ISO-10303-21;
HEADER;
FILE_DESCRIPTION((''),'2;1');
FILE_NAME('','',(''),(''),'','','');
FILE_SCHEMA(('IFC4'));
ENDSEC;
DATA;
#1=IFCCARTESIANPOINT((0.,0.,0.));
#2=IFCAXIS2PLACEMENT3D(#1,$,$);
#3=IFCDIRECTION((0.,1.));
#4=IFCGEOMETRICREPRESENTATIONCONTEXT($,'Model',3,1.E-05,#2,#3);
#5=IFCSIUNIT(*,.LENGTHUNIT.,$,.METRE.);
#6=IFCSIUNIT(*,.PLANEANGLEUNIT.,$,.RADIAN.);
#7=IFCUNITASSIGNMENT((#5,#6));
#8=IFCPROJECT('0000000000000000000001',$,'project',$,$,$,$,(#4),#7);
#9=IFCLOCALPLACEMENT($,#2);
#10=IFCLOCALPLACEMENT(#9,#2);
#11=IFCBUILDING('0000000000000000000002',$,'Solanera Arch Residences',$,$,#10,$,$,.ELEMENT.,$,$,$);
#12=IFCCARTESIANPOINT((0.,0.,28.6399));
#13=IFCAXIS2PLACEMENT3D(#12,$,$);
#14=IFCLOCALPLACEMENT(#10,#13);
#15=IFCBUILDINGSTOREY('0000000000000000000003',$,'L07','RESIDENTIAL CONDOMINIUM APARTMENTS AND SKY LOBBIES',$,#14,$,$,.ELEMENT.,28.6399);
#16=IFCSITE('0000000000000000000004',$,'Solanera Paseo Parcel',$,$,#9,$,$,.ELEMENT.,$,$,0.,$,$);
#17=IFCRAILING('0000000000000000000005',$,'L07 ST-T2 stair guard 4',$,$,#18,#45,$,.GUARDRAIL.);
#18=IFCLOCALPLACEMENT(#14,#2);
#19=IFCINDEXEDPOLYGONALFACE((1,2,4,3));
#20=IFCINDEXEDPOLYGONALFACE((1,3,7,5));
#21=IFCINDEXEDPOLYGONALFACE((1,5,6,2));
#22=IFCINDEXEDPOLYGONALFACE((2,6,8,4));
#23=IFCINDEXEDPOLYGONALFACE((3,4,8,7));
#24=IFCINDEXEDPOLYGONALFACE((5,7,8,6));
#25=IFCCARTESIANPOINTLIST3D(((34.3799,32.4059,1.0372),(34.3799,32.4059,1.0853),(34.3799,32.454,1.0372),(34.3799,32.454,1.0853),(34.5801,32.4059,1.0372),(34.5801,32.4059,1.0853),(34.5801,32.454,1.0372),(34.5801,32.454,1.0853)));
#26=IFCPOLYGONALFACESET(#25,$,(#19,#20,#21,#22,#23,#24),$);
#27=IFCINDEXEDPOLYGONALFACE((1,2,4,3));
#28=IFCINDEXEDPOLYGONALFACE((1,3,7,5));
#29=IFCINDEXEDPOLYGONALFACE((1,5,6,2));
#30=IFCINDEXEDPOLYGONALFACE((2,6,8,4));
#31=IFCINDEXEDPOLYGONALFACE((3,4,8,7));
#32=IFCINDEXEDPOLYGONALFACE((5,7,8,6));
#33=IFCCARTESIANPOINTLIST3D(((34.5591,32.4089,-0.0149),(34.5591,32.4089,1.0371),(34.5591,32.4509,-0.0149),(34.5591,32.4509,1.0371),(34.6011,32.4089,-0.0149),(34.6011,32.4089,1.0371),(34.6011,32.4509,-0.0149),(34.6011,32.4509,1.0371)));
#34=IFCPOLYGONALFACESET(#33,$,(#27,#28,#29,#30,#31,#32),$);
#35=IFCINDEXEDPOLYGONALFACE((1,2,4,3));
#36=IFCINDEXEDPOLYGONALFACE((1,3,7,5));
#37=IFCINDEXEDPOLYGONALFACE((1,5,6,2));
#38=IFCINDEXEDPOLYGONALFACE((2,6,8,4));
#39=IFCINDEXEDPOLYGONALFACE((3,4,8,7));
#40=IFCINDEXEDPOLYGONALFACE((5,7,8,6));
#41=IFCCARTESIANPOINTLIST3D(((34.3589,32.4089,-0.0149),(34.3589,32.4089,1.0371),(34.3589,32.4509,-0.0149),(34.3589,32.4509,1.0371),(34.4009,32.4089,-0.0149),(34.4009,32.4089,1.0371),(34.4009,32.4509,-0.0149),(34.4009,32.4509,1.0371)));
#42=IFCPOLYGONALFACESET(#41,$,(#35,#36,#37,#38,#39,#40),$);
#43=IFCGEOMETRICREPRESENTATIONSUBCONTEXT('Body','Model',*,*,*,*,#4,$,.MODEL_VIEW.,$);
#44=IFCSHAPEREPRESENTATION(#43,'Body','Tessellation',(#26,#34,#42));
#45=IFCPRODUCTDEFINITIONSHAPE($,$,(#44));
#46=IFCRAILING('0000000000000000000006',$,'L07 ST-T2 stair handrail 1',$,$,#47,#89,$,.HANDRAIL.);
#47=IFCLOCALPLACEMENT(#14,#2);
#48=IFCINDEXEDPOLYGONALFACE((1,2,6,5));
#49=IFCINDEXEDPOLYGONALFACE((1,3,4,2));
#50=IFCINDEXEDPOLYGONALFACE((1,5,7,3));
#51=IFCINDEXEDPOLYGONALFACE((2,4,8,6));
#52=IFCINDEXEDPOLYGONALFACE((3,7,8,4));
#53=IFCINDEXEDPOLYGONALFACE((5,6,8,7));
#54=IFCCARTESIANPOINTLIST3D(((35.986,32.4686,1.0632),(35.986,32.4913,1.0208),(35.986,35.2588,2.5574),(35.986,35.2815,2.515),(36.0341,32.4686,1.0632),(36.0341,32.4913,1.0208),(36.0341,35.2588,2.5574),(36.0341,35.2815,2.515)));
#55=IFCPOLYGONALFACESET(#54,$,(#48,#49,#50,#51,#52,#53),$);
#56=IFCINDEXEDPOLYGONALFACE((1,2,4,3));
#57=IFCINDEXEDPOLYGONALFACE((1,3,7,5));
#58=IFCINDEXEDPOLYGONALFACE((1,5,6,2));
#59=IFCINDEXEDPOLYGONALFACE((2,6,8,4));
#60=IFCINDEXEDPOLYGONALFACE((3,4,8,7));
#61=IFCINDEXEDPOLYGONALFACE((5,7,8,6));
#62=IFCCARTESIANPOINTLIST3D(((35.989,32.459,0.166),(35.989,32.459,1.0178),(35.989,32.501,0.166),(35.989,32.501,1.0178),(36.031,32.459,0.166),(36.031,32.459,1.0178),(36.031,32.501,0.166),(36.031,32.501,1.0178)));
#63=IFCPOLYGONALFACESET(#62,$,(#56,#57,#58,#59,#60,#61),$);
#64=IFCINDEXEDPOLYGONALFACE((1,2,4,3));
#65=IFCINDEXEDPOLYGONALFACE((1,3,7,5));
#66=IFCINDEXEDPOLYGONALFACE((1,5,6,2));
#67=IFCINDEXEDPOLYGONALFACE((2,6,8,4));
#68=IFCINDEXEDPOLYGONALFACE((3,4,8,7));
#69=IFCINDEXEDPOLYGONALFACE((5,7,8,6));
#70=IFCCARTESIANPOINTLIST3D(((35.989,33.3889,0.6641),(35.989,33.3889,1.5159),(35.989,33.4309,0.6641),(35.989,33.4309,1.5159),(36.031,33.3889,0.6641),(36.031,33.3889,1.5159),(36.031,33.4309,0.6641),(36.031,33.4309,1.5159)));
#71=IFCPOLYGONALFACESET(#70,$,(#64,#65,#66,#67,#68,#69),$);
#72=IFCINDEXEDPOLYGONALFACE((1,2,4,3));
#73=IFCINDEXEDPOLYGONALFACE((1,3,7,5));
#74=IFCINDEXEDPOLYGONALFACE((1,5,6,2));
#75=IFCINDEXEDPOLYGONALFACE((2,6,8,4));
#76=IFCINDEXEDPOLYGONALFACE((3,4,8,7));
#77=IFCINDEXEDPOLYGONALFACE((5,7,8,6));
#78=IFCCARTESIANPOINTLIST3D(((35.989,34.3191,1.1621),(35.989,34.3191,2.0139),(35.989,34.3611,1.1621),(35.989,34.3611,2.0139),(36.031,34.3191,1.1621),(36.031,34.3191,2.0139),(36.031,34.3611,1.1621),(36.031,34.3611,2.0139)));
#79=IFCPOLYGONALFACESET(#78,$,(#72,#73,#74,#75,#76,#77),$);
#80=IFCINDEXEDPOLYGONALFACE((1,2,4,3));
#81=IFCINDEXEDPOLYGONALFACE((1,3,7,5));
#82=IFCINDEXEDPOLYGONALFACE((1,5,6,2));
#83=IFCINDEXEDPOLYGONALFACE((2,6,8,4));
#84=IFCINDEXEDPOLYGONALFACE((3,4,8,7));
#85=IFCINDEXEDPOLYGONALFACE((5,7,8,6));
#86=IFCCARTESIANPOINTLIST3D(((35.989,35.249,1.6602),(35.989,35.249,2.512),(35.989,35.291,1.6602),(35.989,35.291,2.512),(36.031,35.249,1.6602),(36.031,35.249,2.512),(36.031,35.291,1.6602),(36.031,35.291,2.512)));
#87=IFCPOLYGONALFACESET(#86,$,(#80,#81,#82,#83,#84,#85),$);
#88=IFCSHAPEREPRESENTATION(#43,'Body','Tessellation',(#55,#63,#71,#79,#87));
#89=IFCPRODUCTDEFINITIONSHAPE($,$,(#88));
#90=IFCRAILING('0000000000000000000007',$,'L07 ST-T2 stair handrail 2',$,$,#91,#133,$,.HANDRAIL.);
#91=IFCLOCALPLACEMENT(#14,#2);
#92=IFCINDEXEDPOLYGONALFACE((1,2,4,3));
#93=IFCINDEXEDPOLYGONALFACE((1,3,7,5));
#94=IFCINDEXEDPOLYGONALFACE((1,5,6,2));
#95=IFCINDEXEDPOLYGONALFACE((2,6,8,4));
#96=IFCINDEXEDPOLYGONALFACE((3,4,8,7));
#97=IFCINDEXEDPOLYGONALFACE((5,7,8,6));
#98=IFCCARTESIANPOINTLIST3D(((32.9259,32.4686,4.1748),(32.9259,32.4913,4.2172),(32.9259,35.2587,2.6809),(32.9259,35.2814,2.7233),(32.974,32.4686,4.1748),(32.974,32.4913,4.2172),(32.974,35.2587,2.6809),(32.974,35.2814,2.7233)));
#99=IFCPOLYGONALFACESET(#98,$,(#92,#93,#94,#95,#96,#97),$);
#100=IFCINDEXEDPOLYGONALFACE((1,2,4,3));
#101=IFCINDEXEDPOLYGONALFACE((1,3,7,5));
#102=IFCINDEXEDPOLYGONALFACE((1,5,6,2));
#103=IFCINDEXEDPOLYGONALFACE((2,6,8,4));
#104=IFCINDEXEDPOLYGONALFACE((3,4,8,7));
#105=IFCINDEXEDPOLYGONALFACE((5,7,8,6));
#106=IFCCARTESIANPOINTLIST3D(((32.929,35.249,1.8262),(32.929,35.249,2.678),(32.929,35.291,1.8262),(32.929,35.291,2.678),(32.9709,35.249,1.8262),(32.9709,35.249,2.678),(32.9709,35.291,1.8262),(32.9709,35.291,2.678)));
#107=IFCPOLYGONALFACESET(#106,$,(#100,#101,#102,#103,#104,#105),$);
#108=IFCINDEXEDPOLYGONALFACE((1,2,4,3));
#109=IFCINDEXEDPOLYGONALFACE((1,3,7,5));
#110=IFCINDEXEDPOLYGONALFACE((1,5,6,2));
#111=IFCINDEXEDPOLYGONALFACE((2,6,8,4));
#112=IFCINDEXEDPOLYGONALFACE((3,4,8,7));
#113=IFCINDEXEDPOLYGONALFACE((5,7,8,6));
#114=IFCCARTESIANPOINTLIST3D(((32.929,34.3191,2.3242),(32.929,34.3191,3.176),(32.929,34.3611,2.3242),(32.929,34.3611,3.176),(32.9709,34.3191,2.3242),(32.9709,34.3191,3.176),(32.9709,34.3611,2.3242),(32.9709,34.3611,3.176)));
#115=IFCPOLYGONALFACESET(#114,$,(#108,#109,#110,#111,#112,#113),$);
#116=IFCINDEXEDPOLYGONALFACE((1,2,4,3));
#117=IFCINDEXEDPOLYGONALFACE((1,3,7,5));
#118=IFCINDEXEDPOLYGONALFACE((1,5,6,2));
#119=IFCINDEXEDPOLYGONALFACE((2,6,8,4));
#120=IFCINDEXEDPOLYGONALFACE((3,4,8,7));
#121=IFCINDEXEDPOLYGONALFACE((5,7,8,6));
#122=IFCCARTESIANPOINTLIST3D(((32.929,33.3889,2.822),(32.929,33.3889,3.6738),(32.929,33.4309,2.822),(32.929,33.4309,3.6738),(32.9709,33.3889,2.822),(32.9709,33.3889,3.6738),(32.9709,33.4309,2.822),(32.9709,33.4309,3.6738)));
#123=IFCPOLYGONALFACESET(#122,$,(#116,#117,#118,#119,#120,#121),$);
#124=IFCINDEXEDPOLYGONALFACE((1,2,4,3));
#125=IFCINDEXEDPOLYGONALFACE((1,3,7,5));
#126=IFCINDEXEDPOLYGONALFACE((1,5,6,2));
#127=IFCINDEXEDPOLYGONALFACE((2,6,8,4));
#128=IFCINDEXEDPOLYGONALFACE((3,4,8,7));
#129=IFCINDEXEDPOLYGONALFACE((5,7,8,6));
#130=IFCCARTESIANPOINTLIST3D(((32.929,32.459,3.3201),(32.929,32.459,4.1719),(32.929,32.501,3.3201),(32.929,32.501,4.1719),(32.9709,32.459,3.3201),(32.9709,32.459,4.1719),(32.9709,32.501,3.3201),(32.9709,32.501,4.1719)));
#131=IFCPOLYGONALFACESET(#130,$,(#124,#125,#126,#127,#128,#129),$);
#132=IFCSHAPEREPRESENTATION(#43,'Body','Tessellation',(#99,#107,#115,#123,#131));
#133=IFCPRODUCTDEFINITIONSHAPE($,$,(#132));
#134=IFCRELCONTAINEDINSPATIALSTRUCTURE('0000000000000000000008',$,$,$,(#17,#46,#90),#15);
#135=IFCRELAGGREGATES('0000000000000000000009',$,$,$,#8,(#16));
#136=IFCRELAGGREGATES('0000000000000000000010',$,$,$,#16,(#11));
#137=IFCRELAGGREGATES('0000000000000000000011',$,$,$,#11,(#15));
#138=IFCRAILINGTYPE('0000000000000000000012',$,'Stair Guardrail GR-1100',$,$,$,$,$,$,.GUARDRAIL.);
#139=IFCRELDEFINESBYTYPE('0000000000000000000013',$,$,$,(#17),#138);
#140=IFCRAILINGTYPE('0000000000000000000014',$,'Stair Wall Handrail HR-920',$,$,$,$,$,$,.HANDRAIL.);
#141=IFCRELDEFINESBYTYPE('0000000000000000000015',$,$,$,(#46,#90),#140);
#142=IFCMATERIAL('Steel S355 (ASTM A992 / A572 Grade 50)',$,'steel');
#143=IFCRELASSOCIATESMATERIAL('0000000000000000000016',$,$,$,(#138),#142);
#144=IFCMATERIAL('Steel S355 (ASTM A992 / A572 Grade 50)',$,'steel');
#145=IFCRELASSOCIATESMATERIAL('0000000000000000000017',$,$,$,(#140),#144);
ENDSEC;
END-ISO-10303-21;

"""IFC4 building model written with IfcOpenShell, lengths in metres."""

from ifc_helpers import new_model, si_unit, direction, frame, origin, origin_2d, place, context, subcontext, project, spatial, rectangle, extrude, material, type_object, element, save


model = new_model("IFC4")

# Units and contexts
model_context = context("Model", 3, precision=1e-05, world=origin(), true_north=direction((0.0, 1.0)))
body_context = subcontext(model_context, "Body", "Model", "MODEL_VIEW")
ifc_project = project(units=[si_unit("LENGTHUNIT", "METRE"), si_unit("PLANEANGLEUNIT", "RADIAN")], contexts=[model_context])

# Site, building, storey
site_placement = place(None, origin())
site = spatial("IfcSite", under=ifc_project, at=site_placement, Name="Solanera Paseo Parcel", CompositionType="ELEMENT", RefElevation=0.0)
building_placement = place(site_placement, origin())
building = spatial("IfcBuilding", under=site, at=building_placement, Name="Solanera Arch Residences", CompositionType="ELEMENT")
storey_placement = place(building_placement, frame((0.0, 0.0, 28.6399)))
storey = spatial("IfcBuildingStorey", under=building, at=storey_placement, Name="L07", Description="RESIDENTIAL CONDOMINIUM APARTMENTS AND SKY LOBBIES", CompositionType="ELEMENT", Elevation=28.6399)

# Railings
ifc_material_1 = material(Name="Steel S355 (ASTM A992 / A572 Grade 50)", Category="steel")
railing_type_1 = type_object("IfcRailingType", Name="Stair Guardrail GR-1100", PredefinedType="GUARDRAIL", material=ifc_material_1)
railing_1_placement = place(storey_placement, frame((34.5801, 32.4299, -0.0149)))
element("IfcRailing", 1, at=railing_1_placement, inside=storey, type_object=railing_type_1, Name="L07 ST-T2 stair guard 4", PredefinedType="GUARDRAIL", context=body_context, shape_type="SweptSolid", body=[
    extrude(rectangle(XDim=0.0481, YDim=0.0481, at=origin_2d()), frame((0.0, 0.0, 1.0762), z_axis=(-1.0, 0.0, 0.0), x_axis=(0.0, -1.0, 0.0)), (0.0, 0.0, 1.0), 0.2002),
    extrude(rectangle(XDim=0.042, YDim=0.042, at=origin_2d()), origin(), (0.0, 0.0, 1.0), 1.052),
    extrude(rectangle(XDim=0.042, YDim=0.042, at=origin_2d()), frame((-0.2002, 0.0, 0.0)), (0.0, 0.0, 1.0), 1.052),
])
ifc_material_2 = material(Name="Steel S355 (ASTM A992 / A572 Grade 50)", Category="steel")
railing_type_2 = type_object("IfcRailingType", Name="Stair Wall Handrail HR-920", PredefinedType="HANDRAIL", material=ifc_material_2)
railing_2_placement = place(storey_placement, frame((36.01, 32.48, 0.166)))
element("IfcRailing", 2, at=railing_2_placement, inside=storey, type_object=railing_type_2, Name="L07 ST-T2 stair handrail 1", PredefinedType="HANDRAIL", context=body_context, shape_type="SweptSolid", body=[
    extrude(rectangle(XDim=0.0481, YDim=0.0481, at=origin_2d()), frame((0.0, 0.0, 0.876), z_axis=(0.0, 0.881549, 0.472093), x_axis=(-1.0, 0.0, 0.0)), (0.0, 0.0, 1.0), 3.165),
    extrude(rectangle(XDim=0.042, YDim=0.042, at=origin_2d()), origin(), (0.0, 0.0, 1.0), 0.8518),
    extrude(rectangle(XDim=0.042, YDim=0.042, at=origin_2d()), frame((0.0, 0.9299, 0.498)), (0.0, 0.0, 1.0), 0.8518),
    extrude(rectangle(XDim=0.042, YDim=0.042, at=origin_2d()), frame((0.0, 1.8601, 0.9961)), (0.0, 0.0, 1.0), 0.8518),
    extrude(rectangle(XDim=0.042, YDim=0.042, at=origin_2d()), frame((0.0, 2.79, 1.4941)), (0.0, 0.0, 1.0), 0.8518),
])
railing_3_placement = place(storey_placement, frame((32.95, 35.27, 1.8262)))
element("IfcRailing", 3, at=railing_3_placement, inside=storey, type_object=railing_type_2, Name="L07 ST-T2 stair handrail 2", PredefinedType="HANDRAIL", context=body_context, shape_type="SweptSolid", body=[
    extrude(rectangle(XDim=0.0481, YDim=0.0481, at=origin_2d()), frame((0.0, 0.0, 0.876), z_axis=(0.0, -0.881581, 0.472033), x_axis=(1.0, 0.0, 0.0)), (0.0, 0.0, 1.0), 3.1648),
    extrude(rectangle(XDim=0.042, YDim=0.042, at=origin_2d()), origin(), (0.0, 0.0, 1.0), 0.8518),
    extrude(rectangle(XDim=0.042, YDim=0.042, at=origin_2d()), frame((0.0, -0.9299, 0.498)), (0.0, 0.0, 1.0), 0.8518),
    extrude(rectangle(XDim=0.042, YDim=0.042, at=origin_2d()), frame((0.0, -1.8601, 0.9958)), (0.0, 0.0, 1.0), 0.8518),
    extrude(rectangle(XDim=0.042, YDim=0.042, at=origin_2d()), frame((0.0, -2.79, 1.4939)), (0.0, 0.0, 1.0), 0.8518),
])

save(model, "model.ifc")
